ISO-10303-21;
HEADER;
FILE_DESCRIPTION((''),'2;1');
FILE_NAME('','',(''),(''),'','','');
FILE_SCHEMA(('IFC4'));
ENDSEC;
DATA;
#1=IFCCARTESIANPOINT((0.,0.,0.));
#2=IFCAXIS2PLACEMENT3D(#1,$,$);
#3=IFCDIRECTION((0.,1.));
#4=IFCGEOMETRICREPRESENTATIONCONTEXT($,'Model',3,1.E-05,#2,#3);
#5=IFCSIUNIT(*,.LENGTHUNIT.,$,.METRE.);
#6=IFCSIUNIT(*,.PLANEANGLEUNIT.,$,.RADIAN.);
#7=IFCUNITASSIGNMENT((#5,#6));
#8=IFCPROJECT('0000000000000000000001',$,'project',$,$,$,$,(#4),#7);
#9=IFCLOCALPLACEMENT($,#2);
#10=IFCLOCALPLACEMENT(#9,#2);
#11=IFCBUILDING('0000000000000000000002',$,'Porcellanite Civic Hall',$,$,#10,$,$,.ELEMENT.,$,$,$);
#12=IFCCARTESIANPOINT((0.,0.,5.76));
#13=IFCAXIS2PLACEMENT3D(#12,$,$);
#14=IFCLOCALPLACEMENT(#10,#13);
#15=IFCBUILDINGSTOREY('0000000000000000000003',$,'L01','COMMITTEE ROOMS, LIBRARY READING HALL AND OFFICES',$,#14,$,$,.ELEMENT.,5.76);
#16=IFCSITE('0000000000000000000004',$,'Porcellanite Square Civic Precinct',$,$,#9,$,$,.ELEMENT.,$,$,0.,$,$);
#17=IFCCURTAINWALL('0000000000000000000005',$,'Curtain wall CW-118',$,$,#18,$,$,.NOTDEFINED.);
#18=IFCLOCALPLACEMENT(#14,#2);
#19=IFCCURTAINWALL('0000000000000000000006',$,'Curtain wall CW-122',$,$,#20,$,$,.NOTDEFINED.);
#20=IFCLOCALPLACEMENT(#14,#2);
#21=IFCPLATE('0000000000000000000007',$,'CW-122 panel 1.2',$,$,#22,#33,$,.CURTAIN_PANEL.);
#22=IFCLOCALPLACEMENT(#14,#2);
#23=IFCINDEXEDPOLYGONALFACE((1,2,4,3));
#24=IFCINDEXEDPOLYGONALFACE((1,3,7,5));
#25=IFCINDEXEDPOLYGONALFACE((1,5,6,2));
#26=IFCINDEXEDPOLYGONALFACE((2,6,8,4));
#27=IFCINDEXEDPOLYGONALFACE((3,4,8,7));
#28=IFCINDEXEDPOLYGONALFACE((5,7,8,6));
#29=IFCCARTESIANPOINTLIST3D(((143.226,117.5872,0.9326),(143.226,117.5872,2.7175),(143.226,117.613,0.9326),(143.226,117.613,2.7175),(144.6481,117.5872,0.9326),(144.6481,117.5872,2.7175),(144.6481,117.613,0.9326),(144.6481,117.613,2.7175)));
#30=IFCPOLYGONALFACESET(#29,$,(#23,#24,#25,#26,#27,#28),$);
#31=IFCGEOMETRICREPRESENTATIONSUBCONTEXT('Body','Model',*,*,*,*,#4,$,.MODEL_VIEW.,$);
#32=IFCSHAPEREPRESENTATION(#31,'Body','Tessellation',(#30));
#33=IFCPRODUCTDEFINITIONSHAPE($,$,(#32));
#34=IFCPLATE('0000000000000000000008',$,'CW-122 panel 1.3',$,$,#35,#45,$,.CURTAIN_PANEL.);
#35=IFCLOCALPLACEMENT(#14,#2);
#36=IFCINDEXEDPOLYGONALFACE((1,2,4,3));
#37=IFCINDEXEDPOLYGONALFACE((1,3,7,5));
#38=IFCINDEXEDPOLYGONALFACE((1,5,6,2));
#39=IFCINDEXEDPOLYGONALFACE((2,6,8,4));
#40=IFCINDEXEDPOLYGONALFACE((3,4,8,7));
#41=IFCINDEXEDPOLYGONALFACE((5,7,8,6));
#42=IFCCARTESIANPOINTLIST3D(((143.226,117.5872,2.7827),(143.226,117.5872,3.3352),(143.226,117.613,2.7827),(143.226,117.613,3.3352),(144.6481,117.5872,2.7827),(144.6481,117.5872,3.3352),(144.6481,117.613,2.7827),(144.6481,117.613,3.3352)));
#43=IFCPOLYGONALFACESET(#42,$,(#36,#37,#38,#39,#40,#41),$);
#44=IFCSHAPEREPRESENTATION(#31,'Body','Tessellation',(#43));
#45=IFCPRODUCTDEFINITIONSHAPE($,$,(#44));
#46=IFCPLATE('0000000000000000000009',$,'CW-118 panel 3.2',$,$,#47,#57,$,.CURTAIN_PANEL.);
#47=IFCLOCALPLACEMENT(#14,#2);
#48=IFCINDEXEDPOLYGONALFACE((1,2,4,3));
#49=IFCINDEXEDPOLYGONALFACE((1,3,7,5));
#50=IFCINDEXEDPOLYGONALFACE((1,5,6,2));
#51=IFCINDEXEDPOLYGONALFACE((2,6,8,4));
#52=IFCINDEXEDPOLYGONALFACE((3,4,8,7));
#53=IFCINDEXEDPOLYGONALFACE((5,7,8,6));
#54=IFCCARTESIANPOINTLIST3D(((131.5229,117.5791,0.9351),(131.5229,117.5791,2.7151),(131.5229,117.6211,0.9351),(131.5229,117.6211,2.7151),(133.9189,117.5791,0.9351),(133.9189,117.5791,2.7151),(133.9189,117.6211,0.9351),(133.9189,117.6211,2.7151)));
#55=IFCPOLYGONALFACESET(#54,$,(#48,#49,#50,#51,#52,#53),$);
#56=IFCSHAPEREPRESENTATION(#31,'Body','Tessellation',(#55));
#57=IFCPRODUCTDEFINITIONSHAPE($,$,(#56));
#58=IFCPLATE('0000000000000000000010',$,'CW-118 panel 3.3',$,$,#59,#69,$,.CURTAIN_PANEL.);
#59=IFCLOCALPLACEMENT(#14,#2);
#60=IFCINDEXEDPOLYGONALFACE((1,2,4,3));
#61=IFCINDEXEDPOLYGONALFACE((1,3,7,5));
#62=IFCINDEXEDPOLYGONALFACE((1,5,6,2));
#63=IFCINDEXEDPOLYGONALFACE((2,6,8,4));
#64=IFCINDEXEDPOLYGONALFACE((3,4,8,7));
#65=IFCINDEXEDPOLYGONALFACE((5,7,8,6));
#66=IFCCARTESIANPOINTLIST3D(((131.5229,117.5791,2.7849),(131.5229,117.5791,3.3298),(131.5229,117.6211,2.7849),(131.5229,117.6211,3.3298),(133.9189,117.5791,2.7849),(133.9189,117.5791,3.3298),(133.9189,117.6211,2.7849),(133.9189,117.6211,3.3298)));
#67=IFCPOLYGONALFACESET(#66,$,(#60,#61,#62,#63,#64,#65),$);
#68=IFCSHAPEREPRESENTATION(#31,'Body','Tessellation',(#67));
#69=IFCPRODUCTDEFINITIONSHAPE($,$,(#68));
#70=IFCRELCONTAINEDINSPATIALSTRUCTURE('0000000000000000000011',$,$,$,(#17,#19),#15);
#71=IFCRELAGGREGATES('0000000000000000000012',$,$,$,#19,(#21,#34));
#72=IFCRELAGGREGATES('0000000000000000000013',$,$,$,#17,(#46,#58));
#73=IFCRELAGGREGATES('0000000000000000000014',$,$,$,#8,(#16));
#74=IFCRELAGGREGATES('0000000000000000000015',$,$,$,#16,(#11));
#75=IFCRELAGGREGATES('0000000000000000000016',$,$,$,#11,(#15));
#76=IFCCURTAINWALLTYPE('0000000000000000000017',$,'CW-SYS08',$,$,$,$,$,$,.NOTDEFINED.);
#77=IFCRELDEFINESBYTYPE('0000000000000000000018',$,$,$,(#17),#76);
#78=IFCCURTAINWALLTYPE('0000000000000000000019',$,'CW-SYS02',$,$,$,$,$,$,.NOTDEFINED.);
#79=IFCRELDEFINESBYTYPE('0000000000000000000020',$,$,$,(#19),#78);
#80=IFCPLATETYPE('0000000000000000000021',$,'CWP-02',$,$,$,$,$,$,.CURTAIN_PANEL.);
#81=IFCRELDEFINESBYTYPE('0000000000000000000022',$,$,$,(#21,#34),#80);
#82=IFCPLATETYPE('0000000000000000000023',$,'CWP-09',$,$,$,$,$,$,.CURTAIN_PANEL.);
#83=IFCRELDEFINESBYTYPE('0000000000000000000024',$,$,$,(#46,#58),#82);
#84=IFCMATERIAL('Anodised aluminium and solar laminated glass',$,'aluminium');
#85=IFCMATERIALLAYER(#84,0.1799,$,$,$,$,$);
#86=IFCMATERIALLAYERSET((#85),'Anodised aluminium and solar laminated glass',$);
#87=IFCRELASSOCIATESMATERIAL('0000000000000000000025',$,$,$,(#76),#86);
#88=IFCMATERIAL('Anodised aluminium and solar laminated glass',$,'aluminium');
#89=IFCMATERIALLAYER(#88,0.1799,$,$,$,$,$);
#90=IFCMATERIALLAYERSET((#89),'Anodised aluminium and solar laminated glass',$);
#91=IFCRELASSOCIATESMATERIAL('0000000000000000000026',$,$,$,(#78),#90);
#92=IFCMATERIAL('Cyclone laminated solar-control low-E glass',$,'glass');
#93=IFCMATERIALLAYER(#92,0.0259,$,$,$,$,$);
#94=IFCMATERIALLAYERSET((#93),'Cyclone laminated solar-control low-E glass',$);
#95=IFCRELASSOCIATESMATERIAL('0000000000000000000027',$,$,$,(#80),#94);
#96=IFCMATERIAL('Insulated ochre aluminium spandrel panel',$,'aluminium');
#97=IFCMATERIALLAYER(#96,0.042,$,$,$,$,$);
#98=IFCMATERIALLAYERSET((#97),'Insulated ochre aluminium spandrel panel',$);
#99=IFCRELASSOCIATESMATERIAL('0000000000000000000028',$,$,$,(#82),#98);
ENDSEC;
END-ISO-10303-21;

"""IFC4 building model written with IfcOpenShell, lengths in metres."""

from ifc_helpers import new_model, si_unit, direction, frame, origin, origin_2d, place, context, subcontext, project, spatial, rectangle, extrude, material, layer, layer_set, type_object, element, aggregate, save


model = new_model("IFC4")

# Units and contexts
model_context = context("Model", 3, precision=1e-05, world=origin(), true_north=direction((0.0, 1.0)))
body_context = subcontext(model_context, "Body", "Model", "MODEL_VIEW")
ifc_project = project(units=[si_unit("LENGTHUNIT", "METRE"), si_unit("PLANEANGLEUNIT", "RADIAN")], contexts=[model_context])

# Site, building, storey
site_placement = place(None, origin())
site = spatial("IfcSite", under=ifc_project, at=site_placement, Name="Porcellanite Square Civic Precinct", CompositionType="ELEMENT", RefElevation=0.0)
building_placement = place(site_placement, origin())
building = spatial("IfcBuilding", under=site, at=building_placement, Name="Porcellanite Civic Hall", CompositionType="ELEMENT")
storey_placement = place(building_placement, frame((0.0, 0.0, 5.76)))
storey = spatial("IfcBuildingStorey", under=building, at=storey_placement, Name="L01", Description="COMMITTEE ROOMS, LIBRARY READING HALL AND OFFICES", CompositionType="ELEMENT", Elevation=5.76)

# Curtain wall
ifc_material_1 = material(Name="Anodised aluminium and solar laminated glass", Category="aluminium")
ifc_layer_1 = layer(ifc_material_1, 0.1799)
ifc_layer_set_1 = layer_set([ifc_layer_1], Name="Anodised aluminium and solar laminated glass")
curtain_wall_type_1 = type_object("IfcCurtainWallType", Name="CW-SYS08", PredefinedType="NOTDEFINED", material=ifc_layer_set_1)
curtain_wall_1_placement = place(storey_placement, origin())
curtain_wall_1 = element("IfcCurtainWall", 1, at=curtain_wall_1_placement, inside=storey, type_object=curtain_wall_type_1, Name="Curtain wall CW-118", PredefinedType="NOTDEFINED")

# Curtain wall
ifc_material_2 = material(Name="Anodised aluminium and solar laminated glass", Category="aluminium")
ifc_layer_2 = layer(ifc_material_2, 0.1799)
ifc_layer_set_2 = layer_set([ifc_layer_2], Name="Anodised aluminium and solar laminated glass")
curtain_wall_type_2 = type_object("IfcCurtainWallType", Name="CW-SYS02", PredefinedType="NOTDEFINED", material=ifc_layer_set_2)
curtain_wall_2_placement = place(storey_placement, origin())
curtain_wall_2 = element("IfcCurtainWall", 2, at=curtain_wall_2_placement, inside=storey, type_object=curtain_wall_type_2, Name="Curtain wall CW-122", PredefinedType="NOTDEFINED")

# Plates
ifc_material_3 = material(Name="Cyclone laminated solar-control low-E glass", Category="glass")
ifc_layer_3 = layer(ifc_material_3, 0.0259)
ifc_layer_set_3 = layer_set([ifc_layer_3], Name="Cyclone laminated solar-control low-E glass")
plate_type_1 = type_object("IfcPlateType", Name="CWP-02", PredefinedType="CURTAIN_PANEL", material=ifc_layer_set_3)
plate_1_placement = place(storey_placement, frame((143.937, 117.6001, 0.9326), z_axis=(0.0, 0.0, 1.0), x_axis=(1.0, 0.0, 0.0)))
plate_1 = element("IfcPlate", 3, at=plate_1_placement, type_object=plate_type_1, Name="CW-122 panel 1.2", PredefinedType="CURTAIN_PANEL", context=body_context, shape_type="SweptSolid", body=[
    extrude(rectangle(XDim=1.4221, YDim=0.0259, at=origin_2d()), origin(), (0.0, 0.0, 1.0), 1.7849),
])
plate_2_placement = place(storey_placement, frame((143.937, 117.6001, 2.7827), z_axis=(0.0, 0.0, 1.0), x_axis=(1.0, 0.0, 0.0)))
plate_2 = element("IfcPlate", 4, at=plate_2_placement, type_object=plate_type_1, Name="CW-122 panel 1.3", PredefinedType="CURTAIN_PANEL", context=body_context, shape_type="SweptSolid", body=[
    extrude(rectangle(XDim=1.4221, YDim=0.0259, at=origin_2d()), origin(), (0.0, 0.0, 1.0), 0.5525),
])
aggregate(curtain_wall_2, [plate_1, plate_2])
ifc_material_4 = material(Name="Insulated ochre aluminium spandrel panel", Category="aluminium")
ifc_layer_4 = layer(ifc_material_4, 0.042)
ifc_layer_set_4 = layer_set([ifc_layer_4], Name="Insulated ochre aluminium spandrel panel")
plate_type_2 = type_object("IfcPlateType", Name="CWP-09", PredefinedType="CURTAIN_PANEL", material=ifc_layer_set_4)
plate_3_placement = place(storey_placement, frame((132.7209, 117.6001, 0.9351), z_axis=(0.0, 0.0, 1.0), x_axis=(1.0, 0.0, 0.0)))
plate_3 = element("IfcPlate", 5, at=plate_3_placement, type_object=plate_type_2, Name="CW-118 panel 3.2", PredefinedType="CURTAIN_PANEL", context=body_context, shape_type="SweptSolid", body=[
    extrude(rectangle(XDim=2.396, YDim=0.042, at=origin_2d()), origin(), (0.0, 0.0, 1.0), 1.78),
])
plate_4_placement = place(storey_placement, frame((132.7209, 117.6001, 2.7849), z_axis=(0.0, 0.0, 1.0), x_axis=(1.0, 0.0, 0.0)))
plate_4 = element("IfcPlate", 6, at=plate_4_placement, type_object=plate_type_2, Name="CW-118 panel 3.3", PredefinedType="CURTAIN_PANEL", context=body_context, shape_type="SweptSolid", body=[
    extrude(rectangle(XDim=2.396, YDim=0.042, at=origin_2d()), origin(), (0.0, 0.0, 1.0), 0.5449),
])
aggregate(curtain_wall_1, [plate_3, plate_4])

save(model, "model.ifc")
